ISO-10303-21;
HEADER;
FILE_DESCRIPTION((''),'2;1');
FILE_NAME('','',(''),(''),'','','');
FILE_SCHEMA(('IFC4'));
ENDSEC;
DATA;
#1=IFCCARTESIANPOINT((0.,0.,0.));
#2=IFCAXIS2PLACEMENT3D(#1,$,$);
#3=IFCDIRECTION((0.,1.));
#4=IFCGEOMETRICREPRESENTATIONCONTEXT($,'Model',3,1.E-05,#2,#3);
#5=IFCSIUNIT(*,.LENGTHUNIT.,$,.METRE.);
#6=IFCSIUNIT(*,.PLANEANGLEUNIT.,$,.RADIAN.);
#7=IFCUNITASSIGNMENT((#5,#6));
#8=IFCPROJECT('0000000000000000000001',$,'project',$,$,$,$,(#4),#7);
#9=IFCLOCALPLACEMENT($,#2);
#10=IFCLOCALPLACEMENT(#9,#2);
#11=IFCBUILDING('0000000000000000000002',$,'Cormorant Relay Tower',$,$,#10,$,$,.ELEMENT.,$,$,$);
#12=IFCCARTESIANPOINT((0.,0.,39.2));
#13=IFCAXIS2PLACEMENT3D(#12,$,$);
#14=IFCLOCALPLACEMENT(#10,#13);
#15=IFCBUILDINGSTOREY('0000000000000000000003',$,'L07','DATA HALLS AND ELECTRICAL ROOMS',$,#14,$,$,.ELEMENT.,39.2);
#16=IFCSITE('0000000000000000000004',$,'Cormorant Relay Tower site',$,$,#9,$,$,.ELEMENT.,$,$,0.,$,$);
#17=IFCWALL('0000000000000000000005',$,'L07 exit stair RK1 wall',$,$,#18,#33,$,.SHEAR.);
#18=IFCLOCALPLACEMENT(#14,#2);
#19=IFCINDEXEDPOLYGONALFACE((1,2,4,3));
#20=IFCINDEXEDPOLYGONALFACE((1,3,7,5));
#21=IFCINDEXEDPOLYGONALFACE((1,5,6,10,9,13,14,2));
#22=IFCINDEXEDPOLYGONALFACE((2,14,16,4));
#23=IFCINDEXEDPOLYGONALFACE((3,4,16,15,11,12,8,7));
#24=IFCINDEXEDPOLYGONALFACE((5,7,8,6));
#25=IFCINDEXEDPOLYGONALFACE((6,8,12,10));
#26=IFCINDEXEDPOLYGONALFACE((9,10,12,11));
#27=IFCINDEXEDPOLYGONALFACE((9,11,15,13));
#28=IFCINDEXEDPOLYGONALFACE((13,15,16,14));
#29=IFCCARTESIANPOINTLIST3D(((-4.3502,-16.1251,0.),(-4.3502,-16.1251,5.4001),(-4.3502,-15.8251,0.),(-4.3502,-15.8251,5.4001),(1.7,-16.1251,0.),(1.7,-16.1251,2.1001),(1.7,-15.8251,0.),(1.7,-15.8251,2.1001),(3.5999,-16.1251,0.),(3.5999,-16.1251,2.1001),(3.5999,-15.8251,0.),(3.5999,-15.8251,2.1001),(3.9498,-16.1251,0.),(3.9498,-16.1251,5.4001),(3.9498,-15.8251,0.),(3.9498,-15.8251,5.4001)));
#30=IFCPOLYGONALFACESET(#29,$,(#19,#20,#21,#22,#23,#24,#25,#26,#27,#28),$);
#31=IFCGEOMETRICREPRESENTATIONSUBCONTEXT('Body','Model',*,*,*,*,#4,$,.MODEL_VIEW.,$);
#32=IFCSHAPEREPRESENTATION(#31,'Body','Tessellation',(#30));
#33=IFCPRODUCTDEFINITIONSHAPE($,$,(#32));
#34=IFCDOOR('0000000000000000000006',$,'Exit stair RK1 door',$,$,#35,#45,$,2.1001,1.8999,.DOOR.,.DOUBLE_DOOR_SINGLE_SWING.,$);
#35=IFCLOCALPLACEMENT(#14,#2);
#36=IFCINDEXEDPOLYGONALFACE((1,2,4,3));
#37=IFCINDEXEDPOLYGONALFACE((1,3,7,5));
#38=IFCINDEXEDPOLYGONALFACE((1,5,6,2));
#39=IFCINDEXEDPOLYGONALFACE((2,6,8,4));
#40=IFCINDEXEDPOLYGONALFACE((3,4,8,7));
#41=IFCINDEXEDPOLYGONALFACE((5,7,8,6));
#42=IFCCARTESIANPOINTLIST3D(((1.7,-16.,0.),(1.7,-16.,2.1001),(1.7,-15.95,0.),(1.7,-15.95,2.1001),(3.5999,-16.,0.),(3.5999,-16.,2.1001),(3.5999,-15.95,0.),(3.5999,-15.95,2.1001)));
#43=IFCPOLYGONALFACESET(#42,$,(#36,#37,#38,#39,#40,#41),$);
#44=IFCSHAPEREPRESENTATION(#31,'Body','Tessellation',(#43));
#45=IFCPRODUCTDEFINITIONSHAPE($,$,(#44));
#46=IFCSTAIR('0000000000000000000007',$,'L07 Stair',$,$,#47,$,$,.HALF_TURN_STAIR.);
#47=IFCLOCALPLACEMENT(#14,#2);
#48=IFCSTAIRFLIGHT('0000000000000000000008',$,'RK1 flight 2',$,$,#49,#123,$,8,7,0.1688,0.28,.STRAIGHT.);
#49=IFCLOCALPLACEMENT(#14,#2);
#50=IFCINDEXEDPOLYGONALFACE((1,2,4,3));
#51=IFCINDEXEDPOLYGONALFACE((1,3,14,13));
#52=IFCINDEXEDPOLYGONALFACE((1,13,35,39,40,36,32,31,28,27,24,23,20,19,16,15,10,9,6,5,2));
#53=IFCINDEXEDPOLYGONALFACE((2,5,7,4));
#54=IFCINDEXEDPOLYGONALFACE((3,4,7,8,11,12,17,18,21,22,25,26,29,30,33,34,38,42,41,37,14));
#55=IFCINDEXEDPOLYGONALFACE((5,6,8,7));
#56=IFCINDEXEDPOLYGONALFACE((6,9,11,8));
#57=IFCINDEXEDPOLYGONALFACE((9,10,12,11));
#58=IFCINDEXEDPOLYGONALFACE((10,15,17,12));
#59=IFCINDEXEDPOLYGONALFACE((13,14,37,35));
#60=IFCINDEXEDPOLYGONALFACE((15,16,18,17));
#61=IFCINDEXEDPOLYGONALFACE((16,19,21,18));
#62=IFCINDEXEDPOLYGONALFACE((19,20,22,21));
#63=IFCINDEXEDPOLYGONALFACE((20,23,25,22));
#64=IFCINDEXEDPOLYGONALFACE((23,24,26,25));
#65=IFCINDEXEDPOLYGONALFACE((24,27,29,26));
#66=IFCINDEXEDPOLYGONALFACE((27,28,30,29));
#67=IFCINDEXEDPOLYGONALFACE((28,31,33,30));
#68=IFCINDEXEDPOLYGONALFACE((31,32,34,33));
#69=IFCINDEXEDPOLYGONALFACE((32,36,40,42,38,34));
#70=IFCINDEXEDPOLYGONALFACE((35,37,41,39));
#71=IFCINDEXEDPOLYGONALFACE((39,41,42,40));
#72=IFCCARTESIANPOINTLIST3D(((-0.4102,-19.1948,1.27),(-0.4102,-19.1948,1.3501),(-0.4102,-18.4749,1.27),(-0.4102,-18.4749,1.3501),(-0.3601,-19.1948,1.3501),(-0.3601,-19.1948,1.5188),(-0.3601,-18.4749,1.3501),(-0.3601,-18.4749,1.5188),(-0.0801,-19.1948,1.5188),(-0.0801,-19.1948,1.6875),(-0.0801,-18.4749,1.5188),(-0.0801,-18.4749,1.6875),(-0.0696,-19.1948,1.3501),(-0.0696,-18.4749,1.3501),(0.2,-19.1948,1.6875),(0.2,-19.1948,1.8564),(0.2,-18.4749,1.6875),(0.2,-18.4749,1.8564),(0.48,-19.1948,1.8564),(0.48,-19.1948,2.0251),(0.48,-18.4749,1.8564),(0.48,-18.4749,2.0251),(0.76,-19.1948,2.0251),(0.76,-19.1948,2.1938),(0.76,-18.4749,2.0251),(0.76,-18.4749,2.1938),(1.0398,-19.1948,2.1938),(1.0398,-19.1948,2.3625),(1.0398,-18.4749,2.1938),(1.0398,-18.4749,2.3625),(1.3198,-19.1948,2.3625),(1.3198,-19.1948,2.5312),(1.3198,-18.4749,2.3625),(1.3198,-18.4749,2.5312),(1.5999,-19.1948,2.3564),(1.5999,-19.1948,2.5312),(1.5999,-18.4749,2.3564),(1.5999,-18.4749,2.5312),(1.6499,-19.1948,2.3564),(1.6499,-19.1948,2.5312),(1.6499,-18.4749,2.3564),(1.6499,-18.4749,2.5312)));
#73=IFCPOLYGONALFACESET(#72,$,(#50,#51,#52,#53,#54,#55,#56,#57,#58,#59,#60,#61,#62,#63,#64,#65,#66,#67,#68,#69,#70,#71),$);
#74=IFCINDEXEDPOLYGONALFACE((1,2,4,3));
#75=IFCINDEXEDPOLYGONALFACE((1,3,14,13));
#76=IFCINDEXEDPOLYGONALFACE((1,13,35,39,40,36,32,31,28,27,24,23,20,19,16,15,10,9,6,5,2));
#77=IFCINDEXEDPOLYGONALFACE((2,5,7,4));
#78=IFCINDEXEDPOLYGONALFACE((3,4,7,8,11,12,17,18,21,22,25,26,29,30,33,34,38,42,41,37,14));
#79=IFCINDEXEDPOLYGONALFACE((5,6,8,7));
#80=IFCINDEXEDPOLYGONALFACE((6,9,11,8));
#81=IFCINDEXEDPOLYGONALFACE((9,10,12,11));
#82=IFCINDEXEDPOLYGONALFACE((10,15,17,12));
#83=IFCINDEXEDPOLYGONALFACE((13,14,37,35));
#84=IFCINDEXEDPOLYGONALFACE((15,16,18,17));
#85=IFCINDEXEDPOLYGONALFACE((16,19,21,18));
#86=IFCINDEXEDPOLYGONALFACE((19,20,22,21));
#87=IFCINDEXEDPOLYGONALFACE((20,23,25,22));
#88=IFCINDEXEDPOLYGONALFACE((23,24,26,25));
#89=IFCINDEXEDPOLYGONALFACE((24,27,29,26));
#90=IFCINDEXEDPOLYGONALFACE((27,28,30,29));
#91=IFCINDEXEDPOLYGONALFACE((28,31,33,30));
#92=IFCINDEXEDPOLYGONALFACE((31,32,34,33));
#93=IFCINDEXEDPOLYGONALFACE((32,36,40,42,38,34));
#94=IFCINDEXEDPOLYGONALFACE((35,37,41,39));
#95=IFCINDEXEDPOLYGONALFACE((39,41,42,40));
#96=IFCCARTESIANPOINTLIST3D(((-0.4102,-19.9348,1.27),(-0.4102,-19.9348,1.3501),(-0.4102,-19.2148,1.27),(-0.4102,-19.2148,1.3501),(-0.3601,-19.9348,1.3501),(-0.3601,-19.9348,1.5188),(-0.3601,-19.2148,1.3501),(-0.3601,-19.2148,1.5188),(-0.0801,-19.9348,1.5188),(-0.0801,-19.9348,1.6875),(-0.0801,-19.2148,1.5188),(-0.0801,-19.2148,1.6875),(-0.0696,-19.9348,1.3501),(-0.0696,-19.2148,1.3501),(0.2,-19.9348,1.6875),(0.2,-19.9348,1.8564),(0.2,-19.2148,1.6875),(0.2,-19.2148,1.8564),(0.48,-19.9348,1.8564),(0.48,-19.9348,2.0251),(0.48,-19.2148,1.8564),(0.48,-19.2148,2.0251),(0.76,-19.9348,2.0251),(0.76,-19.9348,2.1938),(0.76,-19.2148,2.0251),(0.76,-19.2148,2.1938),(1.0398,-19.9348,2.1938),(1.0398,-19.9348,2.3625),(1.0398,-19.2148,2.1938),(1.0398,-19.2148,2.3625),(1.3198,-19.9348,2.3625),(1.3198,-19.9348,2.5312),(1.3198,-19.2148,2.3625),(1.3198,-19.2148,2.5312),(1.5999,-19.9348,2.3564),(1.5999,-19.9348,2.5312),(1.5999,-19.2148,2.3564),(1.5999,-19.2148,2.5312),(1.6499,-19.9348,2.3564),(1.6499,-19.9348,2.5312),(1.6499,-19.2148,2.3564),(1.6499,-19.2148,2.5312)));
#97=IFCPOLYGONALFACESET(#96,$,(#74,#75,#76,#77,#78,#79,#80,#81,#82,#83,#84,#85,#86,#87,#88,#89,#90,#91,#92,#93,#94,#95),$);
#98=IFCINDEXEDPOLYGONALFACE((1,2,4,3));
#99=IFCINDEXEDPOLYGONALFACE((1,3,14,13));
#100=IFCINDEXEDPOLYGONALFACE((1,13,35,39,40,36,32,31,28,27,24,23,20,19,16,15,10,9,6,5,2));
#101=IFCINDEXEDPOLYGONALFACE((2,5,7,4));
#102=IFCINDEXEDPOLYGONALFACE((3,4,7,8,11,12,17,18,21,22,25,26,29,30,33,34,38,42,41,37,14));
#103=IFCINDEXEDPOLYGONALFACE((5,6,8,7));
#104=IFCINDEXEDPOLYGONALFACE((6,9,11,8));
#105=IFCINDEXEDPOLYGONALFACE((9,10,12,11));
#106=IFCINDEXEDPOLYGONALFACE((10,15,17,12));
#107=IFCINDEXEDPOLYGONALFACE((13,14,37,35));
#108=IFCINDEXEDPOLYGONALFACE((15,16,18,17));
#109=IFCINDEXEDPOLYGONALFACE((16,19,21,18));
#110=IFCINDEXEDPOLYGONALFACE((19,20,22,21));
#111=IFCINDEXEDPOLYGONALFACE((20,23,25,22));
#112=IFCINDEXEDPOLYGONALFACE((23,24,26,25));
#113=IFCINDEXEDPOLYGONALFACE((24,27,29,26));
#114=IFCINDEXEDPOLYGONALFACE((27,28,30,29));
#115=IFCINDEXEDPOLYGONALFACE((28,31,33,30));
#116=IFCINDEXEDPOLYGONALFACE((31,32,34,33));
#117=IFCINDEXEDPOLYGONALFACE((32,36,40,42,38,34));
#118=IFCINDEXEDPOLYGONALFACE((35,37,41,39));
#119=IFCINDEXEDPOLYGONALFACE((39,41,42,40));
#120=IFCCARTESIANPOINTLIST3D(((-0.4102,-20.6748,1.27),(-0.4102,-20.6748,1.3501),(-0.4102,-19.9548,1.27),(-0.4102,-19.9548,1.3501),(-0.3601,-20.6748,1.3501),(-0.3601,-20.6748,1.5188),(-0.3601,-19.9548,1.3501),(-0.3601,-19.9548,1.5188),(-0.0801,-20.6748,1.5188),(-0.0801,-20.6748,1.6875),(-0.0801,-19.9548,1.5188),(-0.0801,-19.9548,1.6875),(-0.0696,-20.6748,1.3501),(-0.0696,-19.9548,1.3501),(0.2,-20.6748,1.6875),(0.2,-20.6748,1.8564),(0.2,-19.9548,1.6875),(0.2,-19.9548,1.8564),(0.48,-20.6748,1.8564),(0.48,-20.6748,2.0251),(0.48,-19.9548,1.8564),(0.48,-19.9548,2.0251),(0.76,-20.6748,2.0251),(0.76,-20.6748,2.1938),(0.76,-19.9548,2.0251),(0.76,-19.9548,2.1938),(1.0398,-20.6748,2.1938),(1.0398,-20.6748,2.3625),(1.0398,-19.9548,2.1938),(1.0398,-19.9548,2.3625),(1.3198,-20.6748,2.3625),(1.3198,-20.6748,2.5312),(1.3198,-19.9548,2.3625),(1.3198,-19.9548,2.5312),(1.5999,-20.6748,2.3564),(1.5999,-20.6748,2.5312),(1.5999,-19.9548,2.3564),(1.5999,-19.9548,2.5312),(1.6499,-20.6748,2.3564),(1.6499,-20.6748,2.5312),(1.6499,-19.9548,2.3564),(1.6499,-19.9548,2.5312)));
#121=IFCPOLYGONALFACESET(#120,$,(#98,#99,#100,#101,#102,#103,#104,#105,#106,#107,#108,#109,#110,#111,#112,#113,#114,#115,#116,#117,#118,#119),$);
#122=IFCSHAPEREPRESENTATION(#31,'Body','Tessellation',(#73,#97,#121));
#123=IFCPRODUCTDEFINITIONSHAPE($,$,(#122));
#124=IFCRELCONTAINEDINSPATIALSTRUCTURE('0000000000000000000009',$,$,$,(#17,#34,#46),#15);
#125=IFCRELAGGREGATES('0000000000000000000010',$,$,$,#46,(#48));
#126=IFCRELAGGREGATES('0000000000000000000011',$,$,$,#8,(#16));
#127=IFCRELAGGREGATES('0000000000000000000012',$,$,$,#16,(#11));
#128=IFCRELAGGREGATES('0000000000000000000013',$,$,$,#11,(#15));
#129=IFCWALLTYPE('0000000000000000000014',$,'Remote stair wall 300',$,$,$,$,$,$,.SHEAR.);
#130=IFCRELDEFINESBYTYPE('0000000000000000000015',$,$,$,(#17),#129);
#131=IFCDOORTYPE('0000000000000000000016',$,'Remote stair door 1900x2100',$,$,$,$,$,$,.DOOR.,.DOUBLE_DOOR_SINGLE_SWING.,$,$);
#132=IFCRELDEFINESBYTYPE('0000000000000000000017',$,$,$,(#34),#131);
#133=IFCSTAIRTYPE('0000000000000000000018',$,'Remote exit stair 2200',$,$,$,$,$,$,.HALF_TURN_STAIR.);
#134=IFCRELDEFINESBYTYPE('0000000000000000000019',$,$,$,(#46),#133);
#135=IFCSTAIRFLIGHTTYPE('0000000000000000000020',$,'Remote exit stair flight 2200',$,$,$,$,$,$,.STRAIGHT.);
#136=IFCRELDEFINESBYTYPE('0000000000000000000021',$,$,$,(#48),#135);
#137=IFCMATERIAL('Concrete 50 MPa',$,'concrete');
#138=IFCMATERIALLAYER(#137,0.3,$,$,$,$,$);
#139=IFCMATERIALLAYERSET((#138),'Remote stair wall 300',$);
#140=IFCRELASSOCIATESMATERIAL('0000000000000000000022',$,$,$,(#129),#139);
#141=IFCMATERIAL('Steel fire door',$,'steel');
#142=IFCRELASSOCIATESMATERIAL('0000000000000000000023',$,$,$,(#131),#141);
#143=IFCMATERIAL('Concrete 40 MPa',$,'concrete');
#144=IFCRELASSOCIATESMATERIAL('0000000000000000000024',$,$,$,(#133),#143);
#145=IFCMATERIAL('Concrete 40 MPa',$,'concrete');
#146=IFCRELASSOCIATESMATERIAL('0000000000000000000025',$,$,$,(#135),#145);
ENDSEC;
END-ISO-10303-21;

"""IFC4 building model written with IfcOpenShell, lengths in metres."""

from ifc_helpers import new_model, si_unit, direction, frame, frame_2d, origin, place, context, subcontext, project, spatial, polyline, rectangle, outline, extrude, material, layer, layer_set, type_object, element, fill, aggregate, save


model = new_model("IFC4")

# Units and contexts
model_context = context("Model", 3, precision=1e-05, world=origin(), true_north=direction((0.0, 1.0)))
body_context = subcontext(model_context, "Body", "Model", "MODEL_VIEW")
ifc_project = project(units=[si_unit("LENGTHUNIT", "METRE"), si_unit("PLANEANGLEUNIT", "RADIAN")], contexts=[model_context])

# Site, building, storey
site_placement = place(None, origin())
site = spatial("IfcSite", under=ifc_project, at=site_placement, Name="Cormorant Relay Tower site", CompositionType="ELEMENT", RefElevation=0.0)
building_placement = place(site_placement, origin())
building = spatial("IfcBuilding", under=site, at=building_placement, Name="Cormorant Relay Tower", CompositionType="ELEMENT")
storey_placement = place(building_placement, frame((0.0, 0.0, 39.2)))
storey = spatial("IfcBuildingStorey", under=building, at=storey_placement, Name="L07", Description="DATA HALLS AND ELECTRICAL ROOMS", CompositionType="ELEMENT", Elevation=39.2)

# Shared definitions
ifc_material_1 = material(Name="Concrete 50 MPa", Category="concrete")
ifc_layer_1 = layer(ifc_material_1, 0.3)
ifc_layer_set_1 = layer_set([ifc_layer_1], Name="Remote stair wall 300")
wall_type_1 = type_object("IfcWallType", Name="Remote stair wall 300", PredefinedType="SHEAR", material=ifc_layer_set_1)

# Wall, opening, door
wall_1_placement = place(storey_placement, frame((-4.3501, -15.9751, 0.0), z_axis=(0.0, 0.0, 1.0), x_axis=(1.0, 0.0, 0.0)))
wall_1 = element("IfcWall", 1, at=wall_1_placement, inside=storey, type_object=wall_type_1, Name="L07 exit stair RK1 wall", PredefinedType="SHEAR", context=body_context, shape_type="SweptSolid", body=[
    extrude(rectangle(XDim=8.3, YDim=0.3, at=frame_2d((4.1499, 0.0))), origin(), (0.0, 0.0, 1.0), 5.4001),
])
opening_placement = place(wall_1_placement, frame((6.05, 0.0, 0.0)))
opening = element("IfcOpeningElement", 2, at=opening_placement, cuts=wall_1, PredefinedType="OPENING", context=body_context, shape_type="SweptSolid", body=[
    extrude(rectangle(XDim=1.8999, YDim=2.1001, at=frame_2d((0.95, 1.05))), frame((0.0, 0.1599, 0.0), z_axis=(0.0, -1.0, 0.0), x_axis=(1.0, 0.0, 0.0)), (0.0, 0.0, 1.0), 0.3201),
])
ifc_material_2 = material(Name="Steel fire door", Category="steel")
door_type = type_object("IfcDoorType", Name="Remote stair door 1900x2100", OperationType="DOUBLE_DOOR_SINGLE_SWING", PredefinedType="DOOR", material=ifc_material_2)
door_placement = place(opening_placement, frame((1.8999, 0.0, 0.0), z_axis=(0.0, 0.0, 1.0), x_axis=(-1.0, 0.0, 0.0)))
door = element("IfcDoor", 3, at=door_placement, inside=storey, type_object=door_type, Name="Exit stair RK1 door", OperationType="DOUBLE_DOOR_SINGLE_SWING", OverallHeight=2.1001, OverallWidth=1.8999, PredefinedType="DOOR", context=body_context, shape_type="SweptSolid", body=[
    extrude(rectangle(XDim=1.8999, YDim=2.1001, at=frame_2d((0.95, 1.05))), frame((0.0, 0.0249, 0.0), z_axis=(0.0, -1.0, 0.0), x_axis=(1.0, 0.0, 0.0)), (0.0, 0.0, 1.0), 0.05),
])
fill(opening, door)

# Stair, stair flight
ifc_material_3 = material(Name="Concrete 40 MPa", Category="concrete")
stair_type = type_object("IfcStairType", Name="Remote exit stair 2200", PredefinedType="HALF_TURN_STAIR", material=ifc_material_3)
stair_placement = place(storey_placement, origin())
stair = element("IfcStair", 4, at=stair_placement, inside=storey, type_object=stair_type, Name="L07 Stair", PredefinedType="HALF_TURN_STAIR")
ifc_material_4 = material(Name="Concrete 40 MPa", Category="concrete")
stair_flight_type = type_object("IfcStairFlightType", Name="Remote exit stair flight 2200", PredefinedType="STRAIGHT", material=ifc_material_4)
stair_flight_1_placement = place(storey_placement, frame((-0.3601, -19.575, 1.3501), z_axis=(0.0, 0.0, 1.0), x_axis=(1.0, 0.0, 0.0)))
stair_flight_1 = element("IfcStairFlight", 5, at=stair_flight_1_placement, type_object=stair_flight_type, Name="RK1 flight 2", NumberOfRisers=8, NumberOfTreads=7, PredefinedType="STRAIGHT", RiserHeight=0.1688, TreadLength=0.28, context=body_context, shape_type="SweptSolid", body=[
    extrude(outline(polyline([(-0.05, -0.0801), (-0.05, 0.0), (0.0, 0.0), (0.0, 0.1687), (0.28, 0.1687), (0.28, 0.3374), (0.5601, 0.3374), (0.5601, 0.5063), (0.8401, 0.5063), (0.8401, 0.675), (1.1201, 0.675), (1.1201, 0.8438), (1.3999, 0.8438), (1.3999, 1.0125), (1.6799, 1.0125), (1.6799, 1.1812), (1.96, 1.1812), (2.01, 1.1812), (2.01, 1.0063), (1.96, 1.0063), (0.2905, 0.0), (-0.05, -0.0801)])), frame((0.0, 1.1001, 0.0), z_axis=(0.0, -1.0, 0.0), x_axis=(1.0, 0.0, 0.0)), (0.0, 0.0, 1.0), 0.72),
    extrude(outline(polyline([(-0.05, -0.0801), (-0.05, 0.0), (0.0, 0.0), (0.0, 0.1687), (0.28, 0.1687), (0.28, 0.3374), (0.5601, 0.3374), (0.5601, 0.5063), (0.8401, 0.5063), (0.8401, 0.675), (1.1201, 0.675), (1.1201, 0.8438), (1.3999, 0.8438), (1.3999, 1.0125), (1.6799, 1.0125), (1.6799, 1.1812), (1.96, 1.1812), (2.01, 1.1812), (2.01, 1.0063), (1.96, 1.0063), (0.2905, 0.0), (-0.05, -0.0801)])), frame((0.0, 0.3601, 0.0), z_axis=(0.0, -1.0, 0.0), x_axis=(1.0, 0.0, 0.0)), (0.0, 0.0, 1.0), 0.72),
    extrude(outline(polyline([(-0.05, -0.0801), (-0.05, 0.0), (0.0, 0.0), (0.0, 0.1687), (0.28, 0.1687), (0.28, 0.3374), (0.5601, 0.3374), (0.5601, 0.5063), (0.8401, 0.5063), (0.8401, 0.675), (1.1201, 0.675), (1.1201, 0.8438), (1.3999, 0.8438), (1.3999, 1.0125), (1.6799, 1.0125), (1.6799, 1.1812), (1.96, 1.1812), (2.01, 1.1812), (2.01, 1.0063), (1.96, 1.0063), (0.2905, 0.0), (-0.05, -0.0801)])), frame((0.0, -0.3799, 0.0), z_axis=(0.0, -1.0, 0.0), x_axis=(1.0, 0.0, 0.0)), (0.0, 0.0, 1.0), 0.72),
])
aggregate(stair, [stair_flight_1])

save(model, "model.ifc")
